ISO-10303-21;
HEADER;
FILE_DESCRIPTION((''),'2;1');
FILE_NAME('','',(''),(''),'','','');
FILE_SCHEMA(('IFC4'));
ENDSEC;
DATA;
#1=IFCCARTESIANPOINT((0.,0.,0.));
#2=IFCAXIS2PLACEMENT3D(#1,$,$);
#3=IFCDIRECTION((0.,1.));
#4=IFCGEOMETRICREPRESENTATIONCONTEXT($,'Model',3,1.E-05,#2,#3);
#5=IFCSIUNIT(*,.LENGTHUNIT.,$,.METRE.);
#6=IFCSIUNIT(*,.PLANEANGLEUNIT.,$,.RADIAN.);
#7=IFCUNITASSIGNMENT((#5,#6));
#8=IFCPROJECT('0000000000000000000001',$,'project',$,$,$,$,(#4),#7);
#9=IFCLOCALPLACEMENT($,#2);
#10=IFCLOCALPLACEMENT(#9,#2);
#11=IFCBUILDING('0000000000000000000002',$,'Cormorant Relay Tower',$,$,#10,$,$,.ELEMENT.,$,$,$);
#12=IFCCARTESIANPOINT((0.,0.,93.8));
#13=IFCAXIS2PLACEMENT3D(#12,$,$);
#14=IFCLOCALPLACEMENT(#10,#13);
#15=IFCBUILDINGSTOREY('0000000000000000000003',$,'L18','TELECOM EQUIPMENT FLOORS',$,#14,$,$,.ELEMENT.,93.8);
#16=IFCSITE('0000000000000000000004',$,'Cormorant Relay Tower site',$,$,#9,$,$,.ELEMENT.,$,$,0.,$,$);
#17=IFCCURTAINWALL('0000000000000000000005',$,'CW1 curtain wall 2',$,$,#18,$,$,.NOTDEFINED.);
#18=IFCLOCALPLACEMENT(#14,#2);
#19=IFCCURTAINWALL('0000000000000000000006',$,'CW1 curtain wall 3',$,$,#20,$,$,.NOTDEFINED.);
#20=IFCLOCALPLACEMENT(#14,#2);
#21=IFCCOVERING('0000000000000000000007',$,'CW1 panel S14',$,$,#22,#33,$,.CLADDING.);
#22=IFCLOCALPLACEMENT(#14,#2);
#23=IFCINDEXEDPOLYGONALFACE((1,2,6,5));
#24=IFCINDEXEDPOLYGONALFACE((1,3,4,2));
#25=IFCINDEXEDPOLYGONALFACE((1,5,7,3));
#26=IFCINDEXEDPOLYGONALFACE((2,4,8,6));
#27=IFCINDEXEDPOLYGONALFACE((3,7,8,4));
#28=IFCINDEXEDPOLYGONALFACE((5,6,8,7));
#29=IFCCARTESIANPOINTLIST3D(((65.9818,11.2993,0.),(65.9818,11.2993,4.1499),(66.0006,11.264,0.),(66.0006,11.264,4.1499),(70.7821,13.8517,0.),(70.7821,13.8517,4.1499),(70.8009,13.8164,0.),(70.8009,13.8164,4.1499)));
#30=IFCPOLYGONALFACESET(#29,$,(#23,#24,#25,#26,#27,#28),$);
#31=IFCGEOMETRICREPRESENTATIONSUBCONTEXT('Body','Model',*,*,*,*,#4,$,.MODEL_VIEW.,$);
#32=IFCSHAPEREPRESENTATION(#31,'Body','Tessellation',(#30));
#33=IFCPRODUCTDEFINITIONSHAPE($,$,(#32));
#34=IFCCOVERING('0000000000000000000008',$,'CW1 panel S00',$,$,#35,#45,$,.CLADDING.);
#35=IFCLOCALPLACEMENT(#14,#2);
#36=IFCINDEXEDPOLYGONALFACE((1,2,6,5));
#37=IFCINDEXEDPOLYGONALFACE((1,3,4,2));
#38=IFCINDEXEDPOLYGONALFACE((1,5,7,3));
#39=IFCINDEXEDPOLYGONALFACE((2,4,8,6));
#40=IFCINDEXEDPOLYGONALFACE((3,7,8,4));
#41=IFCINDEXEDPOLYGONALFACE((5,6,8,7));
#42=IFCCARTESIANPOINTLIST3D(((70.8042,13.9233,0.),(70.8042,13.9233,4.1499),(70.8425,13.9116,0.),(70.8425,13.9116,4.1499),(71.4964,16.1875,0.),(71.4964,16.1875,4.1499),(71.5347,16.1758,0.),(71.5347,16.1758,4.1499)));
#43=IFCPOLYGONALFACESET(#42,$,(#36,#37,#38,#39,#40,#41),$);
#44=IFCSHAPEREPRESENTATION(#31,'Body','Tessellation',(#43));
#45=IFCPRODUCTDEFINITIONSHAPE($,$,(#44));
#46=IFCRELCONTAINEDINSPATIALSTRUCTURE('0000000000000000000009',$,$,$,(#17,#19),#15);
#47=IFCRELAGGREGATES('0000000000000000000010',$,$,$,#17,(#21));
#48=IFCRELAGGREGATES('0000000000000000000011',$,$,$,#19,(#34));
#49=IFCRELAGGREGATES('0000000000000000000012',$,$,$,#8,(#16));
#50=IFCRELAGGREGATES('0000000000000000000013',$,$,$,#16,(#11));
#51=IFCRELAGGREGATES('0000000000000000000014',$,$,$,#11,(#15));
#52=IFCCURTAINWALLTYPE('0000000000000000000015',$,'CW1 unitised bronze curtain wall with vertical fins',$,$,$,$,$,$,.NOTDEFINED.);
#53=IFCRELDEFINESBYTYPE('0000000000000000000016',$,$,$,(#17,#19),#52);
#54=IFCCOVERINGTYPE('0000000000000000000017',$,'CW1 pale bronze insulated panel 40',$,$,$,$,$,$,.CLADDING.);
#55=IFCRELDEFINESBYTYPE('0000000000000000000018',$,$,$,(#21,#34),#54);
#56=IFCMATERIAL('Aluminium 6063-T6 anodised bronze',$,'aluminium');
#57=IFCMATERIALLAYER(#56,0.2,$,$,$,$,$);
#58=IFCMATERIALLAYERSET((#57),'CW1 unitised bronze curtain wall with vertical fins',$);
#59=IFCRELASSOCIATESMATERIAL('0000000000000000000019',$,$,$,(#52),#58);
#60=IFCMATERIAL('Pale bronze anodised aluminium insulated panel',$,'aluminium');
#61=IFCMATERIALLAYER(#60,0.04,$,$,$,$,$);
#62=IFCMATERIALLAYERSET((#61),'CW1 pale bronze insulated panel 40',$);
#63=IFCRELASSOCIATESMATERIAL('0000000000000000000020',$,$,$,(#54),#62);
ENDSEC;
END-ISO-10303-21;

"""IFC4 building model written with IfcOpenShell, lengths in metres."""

from ifc_helpers import new_model, si_unit, direction, frame, origin, origin_2d, place, context, subcontext, project, spatial, rectangle, extrude, material, layer, layer_set, type_object, element, aggregate, save


model = new_model("IFC4")

# Units and contexts
model_context = context("Model", 3, precision=1e-05, world=origin(), true_north=direction((0.0, 1.0)))
body_context = subcontext(model_context, "Body", "Model", "MODEL_VIEW")
ifc_project = project(units=[si_unit("LENGTHUNIT", "METRE"), si_unit("PLANEANGLEUNIT", "RADIAN")], contexts=[model_context])

# Site, building, storey
site_placement = place(None, origin())
site = spatial("IfcSite", under=ifc_project, at=site_placement, Name="Cormorant Relay Tower site", CompositionType="ELEMENT", RefElevation=0.0)
building_placement = place(site_placement, origin())
building = spatial("IfcBuilding", under=site, at=building_placement, Name="Cormorant Relay Tower", CompositionType="ELEMENT")
storey_placement = place(building_placement, frame((0.0, 0.0, 93.8)))
storey = spatial("IfcBuildingStorey", under=building, at=storey_placement, Name="L18", Description="TELECOM EQUIPMENT FLOORS", CompositionType="ELEMENT", Elevation=93.8)

# Curtain walls
ifc_material_1 = material(Name="Aluminium 6063-T6 anodised bronze", Category="aluminium")
ifc_layer_1 = layer(ifc_material_1, 0.2)
ifc_layer_set_1 = layer_set([ifc_layer_1], Name="CW1 unitised bronze curtain wall with vertical fins")
curtain_wall_type = type_object("IfcCurtainWallType", Name="CW1 unitised bronze curtain wall with vertical fins", PredefinedType="NOTDEFINED", material=ifc_layer_set_1)
curtain_wall_1_placement = place(storey_placement, origin())
curtain_wall_1 = element("IfcCurtainWall", 1, at=curtain_wall_1_placement, inside=storey, type_object=curtain_wall_type, Name="CW1 curtain wall 2", PredefinedType="NOTDEFINED")
curtain_wall_2_placement = place(storey_placement, origin())
curtain_wall_2 = element("IfcCurtainWall", 2, at=curtain_wall_2_placement, inside=storey, type_object=curtain_wall_type, Name="CW1 curtain wall 3", PredefinedType="NOTDEFINED")

# Coverings
ifc_material_2 = material(Name="Pale bronze anodised aluminium insulated panel", Category="aluminium")
ifc_layer_2 = layer(ifc_material_2, 0.04)
ifc_layer_set_2 = layer_set([ifc_layer_2], Name="CW1 pale bronze insulated panel 40")
covering_type = type_object("IfcCoveringType", Name="CW1 pale bronze insulated panel 40", PredefinedType="CLADDING", material=ifc_layer_set_2)
covering_1_placement = place(storey_placement, frame((68.3914, 12.5579, 0.0), z_axis=(0.0, 0.0, 1.0), x_axis=(0.882948, 0.469472, 0.0)))
covering_1 = element("IfcCovering", 3, at=covering_1_placement, type_object=covering_type, Name="CW1 panel S14", PredefinedType="CLADDING", context=body_context, shape_type="SweptSolid", body=[
    extrude(rectangle(XDim=5.4368, YDim=0.04, at=origin_2d()), origin(), (0.0, 0.0, 1.0), 4.1499),
])
aggregate(curtain_wall_1, [covering_1])
covering_2_placement = place(storey_placement, frame((71.1694, 15.0496, 0.0), z_axis=(0.0, 0.0, 1.0), x_axis=(0.292372, 0.956305, 0.0)))
covering_2 = element("IfcCovering", 4, at=covering_2_placement, type_object=covering_type, Name="CW1 panel S00", PredefinedType="CLADDING", context=body_context, shape_type="SweptSolid", body=[
    extrude(rectangle(XDim=2.3677, YDim=0.04, at=origin_2d()), origin(), (0.0, 0.0, 1.0), 4.1499),
])
aggregate(curtain_wall_2, [covering_2])

save(model, "model.ifc")
